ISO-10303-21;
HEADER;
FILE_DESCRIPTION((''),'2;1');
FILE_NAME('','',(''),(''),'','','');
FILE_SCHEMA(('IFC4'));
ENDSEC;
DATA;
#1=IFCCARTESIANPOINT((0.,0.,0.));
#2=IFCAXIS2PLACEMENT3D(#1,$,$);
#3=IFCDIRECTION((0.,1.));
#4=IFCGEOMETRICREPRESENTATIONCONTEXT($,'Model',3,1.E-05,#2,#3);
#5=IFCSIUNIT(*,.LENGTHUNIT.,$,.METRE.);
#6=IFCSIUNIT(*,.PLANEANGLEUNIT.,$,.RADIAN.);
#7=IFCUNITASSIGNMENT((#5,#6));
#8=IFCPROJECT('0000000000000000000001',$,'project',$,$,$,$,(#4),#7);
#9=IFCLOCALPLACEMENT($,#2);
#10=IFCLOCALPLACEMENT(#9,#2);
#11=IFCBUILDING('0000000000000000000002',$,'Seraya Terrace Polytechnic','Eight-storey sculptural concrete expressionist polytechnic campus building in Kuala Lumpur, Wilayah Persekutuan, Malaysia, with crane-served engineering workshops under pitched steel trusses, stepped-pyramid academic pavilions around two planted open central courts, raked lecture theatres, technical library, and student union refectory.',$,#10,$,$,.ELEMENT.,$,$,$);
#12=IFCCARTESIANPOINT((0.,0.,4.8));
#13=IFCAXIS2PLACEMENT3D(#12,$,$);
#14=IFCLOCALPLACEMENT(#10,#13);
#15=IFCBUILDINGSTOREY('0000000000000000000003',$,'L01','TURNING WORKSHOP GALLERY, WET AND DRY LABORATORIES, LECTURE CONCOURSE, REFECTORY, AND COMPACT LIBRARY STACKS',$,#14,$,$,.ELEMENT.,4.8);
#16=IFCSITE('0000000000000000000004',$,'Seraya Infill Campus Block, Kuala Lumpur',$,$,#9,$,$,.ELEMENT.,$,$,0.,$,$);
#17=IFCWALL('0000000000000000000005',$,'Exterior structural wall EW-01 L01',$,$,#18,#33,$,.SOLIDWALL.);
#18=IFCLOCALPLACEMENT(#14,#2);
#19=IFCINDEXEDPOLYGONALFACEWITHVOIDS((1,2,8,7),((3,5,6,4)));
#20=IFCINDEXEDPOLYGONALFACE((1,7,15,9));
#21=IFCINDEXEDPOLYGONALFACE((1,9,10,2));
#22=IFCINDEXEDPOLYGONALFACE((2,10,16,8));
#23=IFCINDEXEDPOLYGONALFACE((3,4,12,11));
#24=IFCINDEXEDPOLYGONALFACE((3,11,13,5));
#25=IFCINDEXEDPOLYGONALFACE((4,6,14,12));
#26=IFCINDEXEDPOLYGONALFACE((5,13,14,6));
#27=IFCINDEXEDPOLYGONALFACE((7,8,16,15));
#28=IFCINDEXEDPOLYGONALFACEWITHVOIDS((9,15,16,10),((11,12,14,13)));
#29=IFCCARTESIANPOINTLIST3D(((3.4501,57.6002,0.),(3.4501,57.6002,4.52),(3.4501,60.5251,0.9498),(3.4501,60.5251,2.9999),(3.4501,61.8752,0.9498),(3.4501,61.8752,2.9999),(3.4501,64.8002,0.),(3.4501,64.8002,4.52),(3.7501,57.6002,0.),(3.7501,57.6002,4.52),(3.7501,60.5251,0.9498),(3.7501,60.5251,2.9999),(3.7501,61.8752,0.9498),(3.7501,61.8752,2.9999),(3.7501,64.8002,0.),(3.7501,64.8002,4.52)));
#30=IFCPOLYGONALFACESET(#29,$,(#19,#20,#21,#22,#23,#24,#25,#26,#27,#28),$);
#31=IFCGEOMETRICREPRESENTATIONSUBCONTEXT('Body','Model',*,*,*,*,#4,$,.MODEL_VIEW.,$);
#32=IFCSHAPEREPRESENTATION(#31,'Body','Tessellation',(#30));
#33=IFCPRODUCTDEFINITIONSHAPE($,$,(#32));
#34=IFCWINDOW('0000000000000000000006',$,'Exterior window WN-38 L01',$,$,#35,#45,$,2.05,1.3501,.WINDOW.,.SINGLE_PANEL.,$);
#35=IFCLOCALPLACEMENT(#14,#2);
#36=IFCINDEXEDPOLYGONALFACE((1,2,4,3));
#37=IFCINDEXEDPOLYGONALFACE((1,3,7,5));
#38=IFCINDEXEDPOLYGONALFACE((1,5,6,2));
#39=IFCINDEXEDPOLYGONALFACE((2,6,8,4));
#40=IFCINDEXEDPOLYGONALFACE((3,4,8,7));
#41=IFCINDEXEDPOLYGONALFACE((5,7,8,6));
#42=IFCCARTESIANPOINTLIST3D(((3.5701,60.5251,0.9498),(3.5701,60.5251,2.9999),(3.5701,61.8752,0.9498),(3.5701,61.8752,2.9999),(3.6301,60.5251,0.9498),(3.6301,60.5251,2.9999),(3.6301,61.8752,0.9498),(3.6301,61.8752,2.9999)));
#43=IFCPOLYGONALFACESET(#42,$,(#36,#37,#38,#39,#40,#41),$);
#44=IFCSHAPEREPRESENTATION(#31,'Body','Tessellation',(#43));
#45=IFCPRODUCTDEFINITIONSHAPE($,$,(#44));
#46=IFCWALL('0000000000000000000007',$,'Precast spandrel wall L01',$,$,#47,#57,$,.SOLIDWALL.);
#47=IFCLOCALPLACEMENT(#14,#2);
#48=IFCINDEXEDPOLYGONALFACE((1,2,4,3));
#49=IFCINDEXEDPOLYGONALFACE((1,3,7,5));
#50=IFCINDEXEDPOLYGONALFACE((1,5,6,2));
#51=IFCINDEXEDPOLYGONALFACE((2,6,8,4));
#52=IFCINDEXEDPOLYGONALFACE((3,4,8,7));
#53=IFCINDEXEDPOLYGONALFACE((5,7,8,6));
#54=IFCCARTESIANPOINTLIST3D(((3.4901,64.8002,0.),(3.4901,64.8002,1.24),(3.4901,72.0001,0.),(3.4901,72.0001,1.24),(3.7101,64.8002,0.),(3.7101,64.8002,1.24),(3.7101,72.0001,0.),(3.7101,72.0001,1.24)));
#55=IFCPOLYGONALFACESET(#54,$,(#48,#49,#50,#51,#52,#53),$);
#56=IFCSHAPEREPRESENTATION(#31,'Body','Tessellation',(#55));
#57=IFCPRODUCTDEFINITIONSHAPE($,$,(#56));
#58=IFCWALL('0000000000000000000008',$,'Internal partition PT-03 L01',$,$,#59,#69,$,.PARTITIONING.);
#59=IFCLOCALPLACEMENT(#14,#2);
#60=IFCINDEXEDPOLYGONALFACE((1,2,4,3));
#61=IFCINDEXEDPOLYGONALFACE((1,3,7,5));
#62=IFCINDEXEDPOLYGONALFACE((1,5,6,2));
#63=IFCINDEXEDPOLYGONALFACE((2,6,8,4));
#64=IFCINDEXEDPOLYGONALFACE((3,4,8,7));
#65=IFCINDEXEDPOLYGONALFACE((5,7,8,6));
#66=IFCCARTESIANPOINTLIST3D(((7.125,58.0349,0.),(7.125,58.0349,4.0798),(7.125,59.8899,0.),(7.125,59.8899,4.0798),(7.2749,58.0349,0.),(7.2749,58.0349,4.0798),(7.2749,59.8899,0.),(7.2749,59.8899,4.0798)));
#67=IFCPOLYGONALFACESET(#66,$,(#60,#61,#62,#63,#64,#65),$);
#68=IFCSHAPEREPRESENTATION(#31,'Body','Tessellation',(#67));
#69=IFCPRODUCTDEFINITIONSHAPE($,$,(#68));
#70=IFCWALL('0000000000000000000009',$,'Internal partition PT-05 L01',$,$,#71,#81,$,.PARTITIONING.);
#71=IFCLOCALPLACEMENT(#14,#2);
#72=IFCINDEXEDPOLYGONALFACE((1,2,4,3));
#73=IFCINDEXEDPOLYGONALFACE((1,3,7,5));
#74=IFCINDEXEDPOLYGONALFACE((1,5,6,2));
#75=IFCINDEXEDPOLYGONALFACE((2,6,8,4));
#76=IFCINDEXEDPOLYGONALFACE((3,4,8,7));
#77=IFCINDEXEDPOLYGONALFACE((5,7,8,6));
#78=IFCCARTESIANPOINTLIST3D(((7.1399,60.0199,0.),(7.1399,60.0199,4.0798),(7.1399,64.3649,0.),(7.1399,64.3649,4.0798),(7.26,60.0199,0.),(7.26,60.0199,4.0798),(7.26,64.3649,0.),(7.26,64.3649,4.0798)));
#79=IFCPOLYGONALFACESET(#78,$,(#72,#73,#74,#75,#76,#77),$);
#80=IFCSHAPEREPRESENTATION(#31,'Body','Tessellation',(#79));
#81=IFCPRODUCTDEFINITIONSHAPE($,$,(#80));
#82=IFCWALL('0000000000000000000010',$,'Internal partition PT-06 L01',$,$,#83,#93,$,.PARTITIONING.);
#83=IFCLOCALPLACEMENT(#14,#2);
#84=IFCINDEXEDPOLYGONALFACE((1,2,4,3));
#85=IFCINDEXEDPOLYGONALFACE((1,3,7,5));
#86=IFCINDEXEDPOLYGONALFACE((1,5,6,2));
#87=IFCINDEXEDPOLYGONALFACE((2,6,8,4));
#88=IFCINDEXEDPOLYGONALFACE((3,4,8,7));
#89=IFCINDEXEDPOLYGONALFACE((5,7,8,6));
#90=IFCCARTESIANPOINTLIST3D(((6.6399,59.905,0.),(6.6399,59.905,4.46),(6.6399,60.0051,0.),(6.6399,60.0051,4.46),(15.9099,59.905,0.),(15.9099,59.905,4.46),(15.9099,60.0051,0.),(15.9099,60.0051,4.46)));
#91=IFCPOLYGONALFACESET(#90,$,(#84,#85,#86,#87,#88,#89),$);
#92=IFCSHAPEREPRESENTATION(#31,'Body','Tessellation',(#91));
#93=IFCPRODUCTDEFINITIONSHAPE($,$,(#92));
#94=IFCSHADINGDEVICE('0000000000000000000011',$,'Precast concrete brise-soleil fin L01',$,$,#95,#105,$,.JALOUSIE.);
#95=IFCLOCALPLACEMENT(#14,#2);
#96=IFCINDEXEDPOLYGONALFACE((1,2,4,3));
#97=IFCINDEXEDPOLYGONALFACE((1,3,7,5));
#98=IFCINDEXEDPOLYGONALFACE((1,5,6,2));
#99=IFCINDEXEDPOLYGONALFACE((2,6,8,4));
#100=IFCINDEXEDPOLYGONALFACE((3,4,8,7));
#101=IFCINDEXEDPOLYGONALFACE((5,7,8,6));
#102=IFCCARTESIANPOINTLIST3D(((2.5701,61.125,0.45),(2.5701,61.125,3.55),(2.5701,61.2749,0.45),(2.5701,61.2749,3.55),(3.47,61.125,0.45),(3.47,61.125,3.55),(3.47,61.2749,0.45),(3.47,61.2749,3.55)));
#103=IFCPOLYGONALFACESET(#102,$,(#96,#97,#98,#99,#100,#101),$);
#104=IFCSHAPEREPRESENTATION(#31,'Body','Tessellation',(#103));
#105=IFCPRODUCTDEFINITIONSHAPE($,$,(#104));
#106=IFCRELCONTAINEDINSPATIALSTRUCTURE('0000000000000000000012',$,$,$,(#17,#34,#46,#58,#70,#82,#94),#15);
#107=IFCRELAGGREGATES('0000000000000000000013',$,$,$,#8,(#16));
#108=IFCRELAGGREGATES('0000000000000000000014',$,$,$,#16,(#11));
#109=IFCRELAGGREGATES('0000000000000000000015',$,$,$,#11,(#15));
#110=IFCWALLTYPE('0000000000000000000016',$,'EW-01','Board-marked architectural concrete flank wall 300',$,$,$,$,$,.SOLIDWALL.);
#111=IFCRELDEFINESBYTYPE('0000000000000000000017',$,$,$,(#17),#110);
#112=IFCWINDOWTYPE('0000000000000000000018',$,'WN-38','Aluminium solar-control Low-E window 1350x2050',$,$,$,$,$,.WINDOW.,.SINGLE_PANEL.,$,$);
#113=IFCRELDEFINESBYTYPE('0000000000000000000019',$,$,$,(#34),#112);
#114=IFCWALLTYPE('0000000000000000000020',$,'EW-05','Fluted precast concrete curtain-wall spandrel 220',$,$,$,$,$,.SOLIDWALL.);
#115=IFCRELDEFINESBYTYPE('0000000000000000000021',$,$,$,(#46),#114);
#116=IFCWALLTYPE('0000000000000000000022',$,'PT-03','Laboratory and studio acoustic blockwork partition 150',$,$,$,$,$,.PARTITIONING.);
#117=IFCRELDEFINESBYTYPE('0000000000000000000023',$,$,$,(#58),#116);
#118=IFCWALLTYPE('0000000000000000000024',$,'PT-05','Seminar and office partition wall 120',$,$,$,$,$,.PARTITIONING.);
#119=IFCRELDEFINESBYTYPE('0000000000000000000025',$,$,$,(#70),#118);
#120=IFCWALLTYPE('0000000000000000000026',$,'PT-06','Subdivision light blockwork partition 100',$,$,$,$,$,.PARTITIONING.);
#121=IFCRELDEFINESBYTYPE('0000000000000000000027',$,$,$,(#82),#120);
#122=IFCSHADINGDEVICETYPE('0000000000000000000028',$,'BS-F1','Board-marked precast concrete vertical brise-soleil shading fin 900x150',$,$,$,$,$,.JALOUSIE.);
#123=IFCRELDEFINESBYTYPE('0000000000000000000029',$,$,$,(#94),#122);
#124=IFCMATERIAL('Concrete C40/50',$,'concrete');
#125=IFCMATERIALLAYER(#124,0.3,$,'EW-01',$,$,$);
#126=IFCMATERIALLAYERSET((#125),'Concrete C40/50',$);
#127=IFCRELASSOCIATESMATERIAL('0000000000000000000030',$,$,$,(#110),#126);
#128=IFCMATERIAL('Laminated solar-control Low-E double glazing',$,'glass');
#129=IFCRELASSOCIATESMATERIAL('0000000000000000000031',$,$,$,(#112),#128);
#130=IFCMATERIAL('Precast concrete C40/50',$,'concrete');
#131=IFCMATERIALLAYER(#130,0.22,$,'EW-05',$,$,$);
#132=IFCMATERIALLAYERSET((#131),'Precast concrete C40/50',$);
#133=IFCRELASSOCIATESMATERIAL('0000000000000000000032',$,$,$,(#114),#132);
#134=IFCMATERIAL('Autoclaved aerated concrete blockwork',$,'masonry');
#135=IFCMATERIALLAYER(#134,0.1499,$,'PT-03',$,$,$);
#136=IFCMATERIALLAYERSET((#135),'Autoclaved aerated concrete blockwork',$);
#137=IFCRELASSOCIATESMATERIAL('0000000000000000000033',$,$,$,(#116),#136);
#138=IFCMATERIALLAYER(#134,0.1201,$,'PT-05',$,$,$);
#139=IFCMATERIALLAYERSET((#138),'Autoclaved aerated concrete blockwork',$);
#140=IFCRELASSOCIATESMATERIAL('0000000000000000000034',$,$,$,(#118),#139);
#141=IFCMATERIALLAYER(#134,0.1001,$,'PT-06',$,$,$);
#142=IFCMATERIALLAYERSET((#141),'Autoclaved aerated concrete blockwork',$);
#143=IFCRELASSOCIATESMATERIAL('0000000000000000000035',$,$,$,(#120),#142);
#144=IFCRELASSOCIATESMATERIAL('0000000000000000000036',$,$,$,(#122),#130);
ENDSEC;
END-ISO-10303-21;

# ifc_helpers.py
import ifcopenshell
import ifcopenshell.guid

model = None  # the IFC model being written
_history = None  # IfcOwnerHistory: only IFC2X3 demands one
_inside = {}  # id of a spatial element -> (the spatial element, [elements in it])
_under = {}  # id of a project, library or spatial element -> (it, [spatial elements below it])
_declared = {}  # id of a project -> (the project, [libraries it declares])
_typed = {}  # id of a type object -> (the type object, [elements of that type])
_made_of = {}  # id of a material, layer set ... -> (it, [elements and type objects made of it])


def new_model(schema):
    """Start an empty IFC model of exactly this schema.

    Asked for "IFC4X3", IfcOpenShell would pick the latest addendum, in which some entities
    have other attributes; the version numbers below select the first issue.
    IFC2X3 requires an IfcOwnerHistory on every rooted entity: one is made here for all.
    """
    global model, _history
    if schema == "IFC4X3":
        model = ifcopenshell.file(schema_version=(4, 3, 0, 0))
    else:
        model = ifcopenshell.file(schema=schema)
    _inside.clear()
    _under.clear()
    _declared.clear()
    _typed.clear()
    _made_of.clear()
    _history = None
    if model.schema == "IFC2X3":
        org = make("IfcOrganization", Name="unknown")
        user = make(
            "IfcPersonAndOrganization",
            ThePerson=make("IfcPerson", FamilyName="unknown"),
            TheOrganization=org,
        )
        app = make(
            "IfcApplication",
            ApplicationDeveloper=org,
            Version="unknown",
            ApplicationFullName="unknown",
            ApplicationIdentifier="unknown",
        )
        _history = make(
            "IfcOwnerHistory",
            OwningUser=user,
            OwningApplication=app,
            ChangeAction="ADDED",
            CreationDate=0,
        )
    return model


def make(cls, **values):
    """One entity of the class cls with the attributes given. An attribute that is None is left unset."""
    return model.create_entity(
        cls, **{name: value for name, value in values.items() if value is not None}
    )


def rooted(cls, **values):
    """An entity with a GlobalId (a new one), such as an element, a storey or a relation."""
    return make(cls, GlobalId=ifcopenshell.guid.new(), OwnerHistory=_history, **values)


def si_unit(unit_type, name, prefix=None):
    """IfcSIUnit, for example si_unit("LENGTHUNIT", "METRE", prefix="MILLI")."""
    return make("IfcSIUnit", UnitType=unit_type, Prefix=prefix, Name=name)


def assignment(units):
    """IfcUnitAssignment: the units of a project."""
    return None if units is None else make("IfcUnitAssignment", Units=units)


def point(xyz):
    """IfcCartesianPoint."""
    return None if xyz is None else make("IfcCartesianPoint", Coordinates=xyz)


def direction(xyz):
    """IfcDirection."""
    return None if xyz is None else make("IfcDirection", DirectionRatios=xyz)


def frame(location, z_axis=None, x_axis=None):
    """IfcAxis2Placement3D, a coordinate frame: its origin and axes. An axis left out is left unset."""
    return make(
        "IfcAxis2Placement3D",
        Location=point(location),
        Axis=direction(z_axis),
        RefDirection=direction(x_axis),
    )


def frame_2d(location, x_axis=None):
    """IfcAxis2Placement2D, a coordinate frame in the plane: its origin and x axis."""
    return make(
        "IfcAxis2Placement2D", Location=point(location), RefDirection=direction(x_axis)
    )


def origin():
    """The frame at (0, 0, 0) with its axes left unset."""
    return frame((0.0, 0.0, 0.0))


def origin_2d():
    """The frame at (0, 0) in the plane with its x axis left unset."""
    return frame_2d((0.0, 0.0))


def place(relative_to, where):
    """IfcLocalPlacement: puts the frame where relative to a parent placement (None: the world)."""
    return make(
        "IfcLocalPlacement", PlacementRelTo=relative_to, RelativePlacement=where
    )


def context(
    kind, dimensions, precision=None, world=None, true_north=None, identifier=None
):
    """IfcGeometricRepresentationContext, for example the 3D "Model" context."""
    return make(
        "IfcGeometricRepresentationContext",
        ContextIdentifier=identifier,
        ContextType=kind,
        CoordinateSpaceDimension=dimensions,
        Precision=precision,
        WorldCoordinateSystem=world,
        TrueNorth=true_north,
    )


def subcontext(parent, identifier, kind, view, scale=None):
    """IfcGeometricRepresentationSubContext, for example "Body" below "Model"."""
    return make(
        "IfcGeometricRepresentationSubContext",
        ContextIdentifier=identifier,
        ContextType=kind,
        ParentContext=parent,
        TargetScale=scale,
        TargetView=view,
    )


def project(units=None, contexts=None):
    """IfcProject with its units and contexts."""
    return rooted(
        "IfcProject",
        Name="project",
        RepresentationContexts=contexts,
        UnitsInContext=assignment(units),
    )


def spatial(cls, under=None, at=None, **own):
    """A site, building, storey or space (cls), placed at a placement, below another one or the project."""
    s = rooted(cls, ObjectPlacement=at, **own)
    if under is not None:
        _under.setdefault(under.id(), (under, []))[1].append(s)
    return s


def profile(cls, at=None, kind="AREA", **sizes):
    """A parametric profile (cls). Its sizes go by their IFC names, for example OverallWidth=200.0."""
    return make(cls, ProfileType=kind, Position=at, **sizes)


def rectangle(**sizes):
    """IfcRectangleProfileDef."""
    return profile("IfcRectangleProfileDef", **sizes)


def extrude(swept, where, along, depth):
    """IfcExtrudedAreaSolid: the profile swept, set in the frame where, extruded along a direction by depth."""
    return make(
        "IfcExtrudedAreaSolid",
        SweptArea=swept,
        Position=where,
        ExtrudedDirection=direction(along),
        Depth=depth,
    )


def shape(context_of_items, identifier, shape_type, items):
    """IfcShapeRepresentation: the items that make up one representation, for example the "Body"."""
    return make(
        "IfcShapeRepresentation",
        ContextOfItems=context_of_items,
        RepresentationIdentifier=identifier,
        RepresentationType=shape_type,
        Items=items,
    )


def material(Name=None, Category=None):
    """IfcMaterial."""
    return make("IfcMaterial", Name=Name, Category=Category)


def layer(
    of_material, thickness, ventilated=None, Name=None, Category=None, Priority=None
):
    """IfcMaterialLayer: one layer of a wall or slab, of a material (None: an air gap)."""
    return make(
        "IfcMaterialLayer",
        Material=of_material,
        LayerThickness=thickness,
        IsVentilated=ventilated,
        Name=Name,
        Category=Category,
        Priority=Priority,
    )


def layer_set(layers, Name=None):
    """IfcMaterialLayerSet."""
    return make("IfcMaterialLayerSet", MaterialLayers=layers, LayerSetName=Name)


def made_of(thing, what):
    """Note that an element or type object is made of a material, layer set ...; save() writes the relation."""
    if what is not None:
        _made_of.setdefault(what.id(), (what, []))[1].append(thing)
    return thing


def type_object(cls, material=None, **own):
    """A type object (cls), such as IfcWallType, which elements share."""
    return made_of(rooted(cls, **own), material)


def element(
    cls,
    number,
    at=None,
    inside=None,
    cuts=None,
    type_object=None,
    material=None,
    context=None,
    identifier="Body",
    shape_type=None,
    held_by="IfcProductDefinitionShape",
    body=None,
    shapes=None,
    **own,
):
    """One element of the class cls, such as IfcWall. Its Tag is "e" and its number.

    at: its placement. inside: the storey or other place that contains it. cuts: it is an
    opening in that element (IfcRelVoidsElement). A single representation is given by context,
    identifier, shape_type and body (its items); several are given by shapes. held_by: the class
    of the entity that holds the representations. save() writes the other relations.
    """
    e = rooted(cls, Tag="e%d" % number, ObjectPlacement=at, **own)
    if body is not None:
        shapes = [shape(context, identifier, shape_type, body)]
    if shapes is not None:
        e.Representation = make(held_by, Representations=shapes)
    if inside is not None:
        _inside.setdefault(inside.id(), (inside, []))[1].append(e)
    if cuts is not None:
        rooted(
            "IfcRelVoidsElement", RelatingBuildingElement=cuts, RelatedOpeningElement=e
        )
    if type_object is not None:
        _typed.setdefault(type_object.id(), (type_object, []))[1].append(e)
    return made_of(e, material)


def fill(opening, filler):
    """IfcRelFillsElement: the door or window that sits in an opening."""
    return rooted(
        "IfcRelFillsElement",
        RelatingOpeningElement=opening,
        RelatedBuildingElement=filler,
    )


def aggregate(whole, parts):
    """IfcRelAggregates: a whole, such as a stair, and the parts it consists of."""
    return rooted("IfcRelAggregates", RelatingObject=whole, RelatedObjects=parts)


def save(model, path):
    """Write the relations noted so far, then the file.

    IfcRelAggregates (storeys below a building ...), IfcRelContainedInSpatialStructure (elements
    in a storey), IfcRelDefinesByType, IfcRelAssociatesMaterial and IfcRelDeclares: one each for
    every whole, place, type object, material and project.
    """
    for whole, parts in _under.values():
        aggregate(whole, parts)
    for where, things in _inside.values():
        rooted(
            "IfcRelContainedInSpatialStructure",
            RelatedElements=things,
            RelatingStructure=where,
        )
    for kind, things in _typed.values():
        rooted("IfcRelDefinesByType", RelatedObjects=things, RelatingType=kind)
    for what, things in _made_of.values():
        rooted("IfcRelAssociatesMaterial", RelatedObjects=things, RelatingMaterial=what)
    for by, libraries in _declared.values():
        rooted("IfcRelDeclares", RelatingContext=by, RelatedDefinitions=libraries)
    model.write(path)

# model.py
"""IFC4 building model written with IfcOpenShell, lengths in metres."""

from ifc_helpers import new_model, si_unit, direction, frame, frame_2d, origin, origin_2d, place, context, subcontext, project, spatial, rectangle, extrude, material, layer, layer_set, type_object, element, fill, save


model = new_model("IFC4")

# Units and contexts
model_context = context("Model", 3, precision=1e-05, world=origin(), true_north=direction((0.0, 1.0)))
body_context = subcontext(model_context, "Body", "Model", "MODEL_VIEW")
ifc_project = project(units=[si_unit("LENGTHUNIT", "METRE"), si_unit("PLANEANGLEUNIT", "RADIAN")], contexts=[model_context])

# Site, building, storey
site_placement = place(None, origin())
site = spatial("IfcSite", under=ifc_project, at=site_placement, Name="Seraya Infill Campus Block, Kuala Lumpur", CompositionType="ELEMENT", RefElevation=0.0)
building_placement = place(site_placement, origin())
building = spatial("IfcBuilding", under=site, at=building_placement, Name="Seraya Terrace Polytechnic", Description="Eight-storey sculptural concrete expressionist polytechnic campus building in Kuala Lumpur, Wilayah Persekutuan, Malaysia, with crane-served engineering workshops under pitched steel trusses, stepped-pyramid academic pavilions around two planted open central courts, raked lecture theatres, technical library, and student union refectory.", CompositionType="ELEMENT")
storey_placement = place(building_placement, frame((0.0, 0.0, 4.8)))
storey = spatial("IfcBuildingStorey", under=building, at=storey_placement, Name="L01", Description="TURNING WORKSHOP GALLERY, WET AND DRY LABORATORIES, LECTURE CONCOURSE, REFECTORY, AND COMPACT LIBRARY STACKS", CompositionType="ELEMENT", Elevation=4.8)

# Shared definitions
ifc_material_1 = material(Name="Concrete C40/50", Category="concrete")

# Shared definitions
ifc_material_2 = material(Name="Laminated solar-control Low-E double glazing", Category="glass")

# Wall, opening, window
ifc_layer_1 = layer(ifc_material_1, 0.3, Name="EW-01")
ifc_layer_set_1 = layer_set([ifc_layer_1], Name="Concrete C40/50")
wall_type_1 = type_object("IfcWallType", Name="EW-01", Description="Board-marked architectural concrete flank wall 300", PredefinedType="SOLIDWALL", material=ifc_layer_set_1)
wall_1_placement = place(storey_placement, frame((3.6001, 57.6001, 0.0), z_axis=(0.0, 0.0, 1.0), x_axis=(0.0, 1.0, 0.0)))
wall_1 = element("IfcWall", 1, at=wall_1_placement, inside=storey, type_object=wall_type_1, Name="Exterior structural wall EW-01 L01", PredefinedType="SOLIDWALL", context=body_context, shape_type="SweptSolid", body=[
    extrude(rectangle(XDim=7.2, YDim=0.3, at=frame_2d((3.6001, 0.0))), origin(), (0.0, 0.0, 1.0), 4.52),
])
opening_placement = place(wall_1_placement, frame((2.925, 0.0, 0.95)))
opening = element("IfcOpeningElement", 2, at=opening_placement, cuts=wall_1, PredefinedType="OPENING", context=body_context, shape_type="SweptSolid", body=[
    extrude(rectangle(XDim=1.3501, YDim=2.05, at=frame_2d((0.675, 1.0249))), frame((0.0, 0.1621, 0.0), z_axis=(0.0, -1.0, 0.0), x_axis=(1.0, 0.0, 0.0)), (0.0, 0.0, 1.0), 0.324),
])
window_type = type_object("IfcWindowType", Name="WN-38", Description="Aluminium solar-control Low-E window 1350x2050", PartitioningType="SINGLE_PANEL", PredefinedType="WINDOW", material=ifc_material_2)
window_placement = place(opening_placement, origin())
window = element("IfcWindow", 3, at=window_placement, inside=storey, type_object=window_type, Name="Exterior window WN-38 L01", OverallHeight=2.05, OverallWidth=1.3501, PartitioningType="SINGLE_PANEL", PredefinedType="WINDOW", context=body_context, shape_type="SweptSolid", body=[
    extrude(rectangle(XDim=1.3501, YDim=2.05, at=frame_2d((0.675, 1.0249))), frame((0.0, 0.03, 0.0), z_axis=(0.0, -1.0, 0.0), x_axis=(1.0, 0.0, 0.0)), (0.0, 0.0, 1.0), 0.0601),
])
fill(opening, window)

# Walls
ifc_material_3 = material(Name="Precast concrete C40/50", Category="concrete")
ifc_layer_2 = layer(ifc_material_3, 0.22, Name="EW-05")
ifc_layer_set_2 = layer_set([ifc_layer_2], Name="Precast concrete C40/50")
wall_type_2 = type_object("IfcWallType", Name="EW-05", Description="Fluted precast concrete curtain-wall spandrel 220", PredefinedType="SOLIDWALL", material=ifc_layer_set_2)
wall_2_placement = place(storey_placement, frame((3.6001, 64.8, 0.0), z_axis=(0.0, 0.0, 1.0), x_axis=(0.0, 1.0, 0.0)))
element("IfcWall", 4, at=wall_2_placement, inside=storey, type_object=wall_type_2, Name="Precast spandrel wall L01", PredefinedType="SOLIDWALL", context=body_context, shape_type="SweptSolid", body=[
    extrude(rectangle(XDim=7.2, YDim=0.22, at=frame_2d((3.6001, 0.0))), origin(), (0.0, 0.0, 1.0), 1.24),
])
ifc_material_4 = material(Name="Autoclaved aerated concrete blockwork", Category="masonry")
ifc_layer_3 = layer(ifc_material_4, 0.1499, Name="PT-03")
ifc_layer_set_3 = layer_set([ifc_layer_3], Name="Autoclaved aerated concrete blockwork")
wall_type_3 = type_object("IfcWallType", Name="PT-03", Description="Laboratory and studio acoustic blockwork partition 150", PredefinedType="PARTITIONING", material=ifc_layer_set_3)
wall_3_placement = place(storey_placement, frame((7.2, 58.0349, 0.0), z_axis=(0.0, 0.0, 1.0), x_axis=(0.0, 1.0, 0.0)))
element("IfcWall", 5, at=wall_3_placement, inside=storey, type_object=wall_type_3, Name="Internal partition PT-03 L01", PredefinedType="PARTITIONING", context=body_context, shape_type="SweptSolid", body=[
    extrude(rectangle(XDim=1.855, YDim=0.1499, at=frame_2d((0.9275, 0.0))), origin(), (0.0, 0.0, 1.0), 4.0798),
])
ifc_layer_4 = layer(ifc_material_4, 0.1201, Name="PT-05")
ifc_layer_set_4 = layer_set([ifc_layer_4], Name="Autoclaved aerated concrete blockwork")
wall_type_4 = type_object("IfcWallType", Name="PT-05", Description="Seminar and office partition wall 120", PredefinedType="PARTITIONING", material=ifc_layer_set_4)
wall_4_placement = place(storey_placement, frame((7.2, 60.02, 0.0), z_axis=(0.0, 0.0, 1.0), x_axis=(0.0, 1.0, 0.0)))
element("IfcWall", 6, at=wall_4_placement, inside=storey, type_object=wall_type_4, Name="Internal partition PT-05 L01", PredefinedType="PARTITIONING", context=body_context, shape_type="SweptSolid", body=[
    extrude(rectangle(XDim=4.345, YDim=0.1201, at=frame_2d((2.1724, 0.0))), origin(), (0.0, 0.0, 1.0), 4.0798),
])
ifc_layer_5 = layer(ifc_material_4, 0.1001, Name="PT-06")
ifc_layer_set_5 = layer_set([ifc_layer_5], Name="Autoclaved aerated concrete blockwork")
wall_type_5 = type_object("IfcWallType", Name="PT-06", Description="Subdivision light blockwork partition 100", PredefinedType="PARTITIONING", material=ifc_layer_set_5)
wall_5_placement = place(storey_placement, frame((6.6399, 59.9551, 0.0), z_axis=(0.0, 0.0, 1.0), x_axis=(1.0, 0.0, 0.0)))
element("IfcWall", 7, at=wall_5_placement, inside=storey, type_object=wall_type_5, Name="Internal partition PT-06 L01", PredefinedType="PARTITIONING", context=body_context, shape_type="SweptSolid", body=[
    extrude(rectangle(XDim=9.27, YDim=0.1001, at=frame_2d((4.635, 0.0))), origin(), (0.0, 0.0, 1.0), 4.46),
])

# Shading device
shading_device_type = type_object("IfcShadingDeviceType", Name="BS-F1", Description="Board-marked precast concrete vertical brise-soleil shading fin 900x150", PredefinedType="JALOUSIE", material=ifc_material_3)
shading_device_placement = place(storey_placement, frame((3.02, 61.2, 0.45), z_axis=(0.0, 0.0, 1.0), x_axis=(-1.0, 0.0, 0.0)))
element("IfcShadingDevice", 8, at=shading_device_placement, inside=storey, type_object=shading_device_type, Name="Precast concrete brise-soleil fin L01", PredefinedType="JALOUSIE", context=body_context, shape_type="SweptSolid", body=[
    extrude(rectangle(XDim=0.8999, YDim=0.1499, at=origin_2d()), origin(), (0.0, 0.0, 1.0), 3.1001),
])

save(model, "model.ifc")
